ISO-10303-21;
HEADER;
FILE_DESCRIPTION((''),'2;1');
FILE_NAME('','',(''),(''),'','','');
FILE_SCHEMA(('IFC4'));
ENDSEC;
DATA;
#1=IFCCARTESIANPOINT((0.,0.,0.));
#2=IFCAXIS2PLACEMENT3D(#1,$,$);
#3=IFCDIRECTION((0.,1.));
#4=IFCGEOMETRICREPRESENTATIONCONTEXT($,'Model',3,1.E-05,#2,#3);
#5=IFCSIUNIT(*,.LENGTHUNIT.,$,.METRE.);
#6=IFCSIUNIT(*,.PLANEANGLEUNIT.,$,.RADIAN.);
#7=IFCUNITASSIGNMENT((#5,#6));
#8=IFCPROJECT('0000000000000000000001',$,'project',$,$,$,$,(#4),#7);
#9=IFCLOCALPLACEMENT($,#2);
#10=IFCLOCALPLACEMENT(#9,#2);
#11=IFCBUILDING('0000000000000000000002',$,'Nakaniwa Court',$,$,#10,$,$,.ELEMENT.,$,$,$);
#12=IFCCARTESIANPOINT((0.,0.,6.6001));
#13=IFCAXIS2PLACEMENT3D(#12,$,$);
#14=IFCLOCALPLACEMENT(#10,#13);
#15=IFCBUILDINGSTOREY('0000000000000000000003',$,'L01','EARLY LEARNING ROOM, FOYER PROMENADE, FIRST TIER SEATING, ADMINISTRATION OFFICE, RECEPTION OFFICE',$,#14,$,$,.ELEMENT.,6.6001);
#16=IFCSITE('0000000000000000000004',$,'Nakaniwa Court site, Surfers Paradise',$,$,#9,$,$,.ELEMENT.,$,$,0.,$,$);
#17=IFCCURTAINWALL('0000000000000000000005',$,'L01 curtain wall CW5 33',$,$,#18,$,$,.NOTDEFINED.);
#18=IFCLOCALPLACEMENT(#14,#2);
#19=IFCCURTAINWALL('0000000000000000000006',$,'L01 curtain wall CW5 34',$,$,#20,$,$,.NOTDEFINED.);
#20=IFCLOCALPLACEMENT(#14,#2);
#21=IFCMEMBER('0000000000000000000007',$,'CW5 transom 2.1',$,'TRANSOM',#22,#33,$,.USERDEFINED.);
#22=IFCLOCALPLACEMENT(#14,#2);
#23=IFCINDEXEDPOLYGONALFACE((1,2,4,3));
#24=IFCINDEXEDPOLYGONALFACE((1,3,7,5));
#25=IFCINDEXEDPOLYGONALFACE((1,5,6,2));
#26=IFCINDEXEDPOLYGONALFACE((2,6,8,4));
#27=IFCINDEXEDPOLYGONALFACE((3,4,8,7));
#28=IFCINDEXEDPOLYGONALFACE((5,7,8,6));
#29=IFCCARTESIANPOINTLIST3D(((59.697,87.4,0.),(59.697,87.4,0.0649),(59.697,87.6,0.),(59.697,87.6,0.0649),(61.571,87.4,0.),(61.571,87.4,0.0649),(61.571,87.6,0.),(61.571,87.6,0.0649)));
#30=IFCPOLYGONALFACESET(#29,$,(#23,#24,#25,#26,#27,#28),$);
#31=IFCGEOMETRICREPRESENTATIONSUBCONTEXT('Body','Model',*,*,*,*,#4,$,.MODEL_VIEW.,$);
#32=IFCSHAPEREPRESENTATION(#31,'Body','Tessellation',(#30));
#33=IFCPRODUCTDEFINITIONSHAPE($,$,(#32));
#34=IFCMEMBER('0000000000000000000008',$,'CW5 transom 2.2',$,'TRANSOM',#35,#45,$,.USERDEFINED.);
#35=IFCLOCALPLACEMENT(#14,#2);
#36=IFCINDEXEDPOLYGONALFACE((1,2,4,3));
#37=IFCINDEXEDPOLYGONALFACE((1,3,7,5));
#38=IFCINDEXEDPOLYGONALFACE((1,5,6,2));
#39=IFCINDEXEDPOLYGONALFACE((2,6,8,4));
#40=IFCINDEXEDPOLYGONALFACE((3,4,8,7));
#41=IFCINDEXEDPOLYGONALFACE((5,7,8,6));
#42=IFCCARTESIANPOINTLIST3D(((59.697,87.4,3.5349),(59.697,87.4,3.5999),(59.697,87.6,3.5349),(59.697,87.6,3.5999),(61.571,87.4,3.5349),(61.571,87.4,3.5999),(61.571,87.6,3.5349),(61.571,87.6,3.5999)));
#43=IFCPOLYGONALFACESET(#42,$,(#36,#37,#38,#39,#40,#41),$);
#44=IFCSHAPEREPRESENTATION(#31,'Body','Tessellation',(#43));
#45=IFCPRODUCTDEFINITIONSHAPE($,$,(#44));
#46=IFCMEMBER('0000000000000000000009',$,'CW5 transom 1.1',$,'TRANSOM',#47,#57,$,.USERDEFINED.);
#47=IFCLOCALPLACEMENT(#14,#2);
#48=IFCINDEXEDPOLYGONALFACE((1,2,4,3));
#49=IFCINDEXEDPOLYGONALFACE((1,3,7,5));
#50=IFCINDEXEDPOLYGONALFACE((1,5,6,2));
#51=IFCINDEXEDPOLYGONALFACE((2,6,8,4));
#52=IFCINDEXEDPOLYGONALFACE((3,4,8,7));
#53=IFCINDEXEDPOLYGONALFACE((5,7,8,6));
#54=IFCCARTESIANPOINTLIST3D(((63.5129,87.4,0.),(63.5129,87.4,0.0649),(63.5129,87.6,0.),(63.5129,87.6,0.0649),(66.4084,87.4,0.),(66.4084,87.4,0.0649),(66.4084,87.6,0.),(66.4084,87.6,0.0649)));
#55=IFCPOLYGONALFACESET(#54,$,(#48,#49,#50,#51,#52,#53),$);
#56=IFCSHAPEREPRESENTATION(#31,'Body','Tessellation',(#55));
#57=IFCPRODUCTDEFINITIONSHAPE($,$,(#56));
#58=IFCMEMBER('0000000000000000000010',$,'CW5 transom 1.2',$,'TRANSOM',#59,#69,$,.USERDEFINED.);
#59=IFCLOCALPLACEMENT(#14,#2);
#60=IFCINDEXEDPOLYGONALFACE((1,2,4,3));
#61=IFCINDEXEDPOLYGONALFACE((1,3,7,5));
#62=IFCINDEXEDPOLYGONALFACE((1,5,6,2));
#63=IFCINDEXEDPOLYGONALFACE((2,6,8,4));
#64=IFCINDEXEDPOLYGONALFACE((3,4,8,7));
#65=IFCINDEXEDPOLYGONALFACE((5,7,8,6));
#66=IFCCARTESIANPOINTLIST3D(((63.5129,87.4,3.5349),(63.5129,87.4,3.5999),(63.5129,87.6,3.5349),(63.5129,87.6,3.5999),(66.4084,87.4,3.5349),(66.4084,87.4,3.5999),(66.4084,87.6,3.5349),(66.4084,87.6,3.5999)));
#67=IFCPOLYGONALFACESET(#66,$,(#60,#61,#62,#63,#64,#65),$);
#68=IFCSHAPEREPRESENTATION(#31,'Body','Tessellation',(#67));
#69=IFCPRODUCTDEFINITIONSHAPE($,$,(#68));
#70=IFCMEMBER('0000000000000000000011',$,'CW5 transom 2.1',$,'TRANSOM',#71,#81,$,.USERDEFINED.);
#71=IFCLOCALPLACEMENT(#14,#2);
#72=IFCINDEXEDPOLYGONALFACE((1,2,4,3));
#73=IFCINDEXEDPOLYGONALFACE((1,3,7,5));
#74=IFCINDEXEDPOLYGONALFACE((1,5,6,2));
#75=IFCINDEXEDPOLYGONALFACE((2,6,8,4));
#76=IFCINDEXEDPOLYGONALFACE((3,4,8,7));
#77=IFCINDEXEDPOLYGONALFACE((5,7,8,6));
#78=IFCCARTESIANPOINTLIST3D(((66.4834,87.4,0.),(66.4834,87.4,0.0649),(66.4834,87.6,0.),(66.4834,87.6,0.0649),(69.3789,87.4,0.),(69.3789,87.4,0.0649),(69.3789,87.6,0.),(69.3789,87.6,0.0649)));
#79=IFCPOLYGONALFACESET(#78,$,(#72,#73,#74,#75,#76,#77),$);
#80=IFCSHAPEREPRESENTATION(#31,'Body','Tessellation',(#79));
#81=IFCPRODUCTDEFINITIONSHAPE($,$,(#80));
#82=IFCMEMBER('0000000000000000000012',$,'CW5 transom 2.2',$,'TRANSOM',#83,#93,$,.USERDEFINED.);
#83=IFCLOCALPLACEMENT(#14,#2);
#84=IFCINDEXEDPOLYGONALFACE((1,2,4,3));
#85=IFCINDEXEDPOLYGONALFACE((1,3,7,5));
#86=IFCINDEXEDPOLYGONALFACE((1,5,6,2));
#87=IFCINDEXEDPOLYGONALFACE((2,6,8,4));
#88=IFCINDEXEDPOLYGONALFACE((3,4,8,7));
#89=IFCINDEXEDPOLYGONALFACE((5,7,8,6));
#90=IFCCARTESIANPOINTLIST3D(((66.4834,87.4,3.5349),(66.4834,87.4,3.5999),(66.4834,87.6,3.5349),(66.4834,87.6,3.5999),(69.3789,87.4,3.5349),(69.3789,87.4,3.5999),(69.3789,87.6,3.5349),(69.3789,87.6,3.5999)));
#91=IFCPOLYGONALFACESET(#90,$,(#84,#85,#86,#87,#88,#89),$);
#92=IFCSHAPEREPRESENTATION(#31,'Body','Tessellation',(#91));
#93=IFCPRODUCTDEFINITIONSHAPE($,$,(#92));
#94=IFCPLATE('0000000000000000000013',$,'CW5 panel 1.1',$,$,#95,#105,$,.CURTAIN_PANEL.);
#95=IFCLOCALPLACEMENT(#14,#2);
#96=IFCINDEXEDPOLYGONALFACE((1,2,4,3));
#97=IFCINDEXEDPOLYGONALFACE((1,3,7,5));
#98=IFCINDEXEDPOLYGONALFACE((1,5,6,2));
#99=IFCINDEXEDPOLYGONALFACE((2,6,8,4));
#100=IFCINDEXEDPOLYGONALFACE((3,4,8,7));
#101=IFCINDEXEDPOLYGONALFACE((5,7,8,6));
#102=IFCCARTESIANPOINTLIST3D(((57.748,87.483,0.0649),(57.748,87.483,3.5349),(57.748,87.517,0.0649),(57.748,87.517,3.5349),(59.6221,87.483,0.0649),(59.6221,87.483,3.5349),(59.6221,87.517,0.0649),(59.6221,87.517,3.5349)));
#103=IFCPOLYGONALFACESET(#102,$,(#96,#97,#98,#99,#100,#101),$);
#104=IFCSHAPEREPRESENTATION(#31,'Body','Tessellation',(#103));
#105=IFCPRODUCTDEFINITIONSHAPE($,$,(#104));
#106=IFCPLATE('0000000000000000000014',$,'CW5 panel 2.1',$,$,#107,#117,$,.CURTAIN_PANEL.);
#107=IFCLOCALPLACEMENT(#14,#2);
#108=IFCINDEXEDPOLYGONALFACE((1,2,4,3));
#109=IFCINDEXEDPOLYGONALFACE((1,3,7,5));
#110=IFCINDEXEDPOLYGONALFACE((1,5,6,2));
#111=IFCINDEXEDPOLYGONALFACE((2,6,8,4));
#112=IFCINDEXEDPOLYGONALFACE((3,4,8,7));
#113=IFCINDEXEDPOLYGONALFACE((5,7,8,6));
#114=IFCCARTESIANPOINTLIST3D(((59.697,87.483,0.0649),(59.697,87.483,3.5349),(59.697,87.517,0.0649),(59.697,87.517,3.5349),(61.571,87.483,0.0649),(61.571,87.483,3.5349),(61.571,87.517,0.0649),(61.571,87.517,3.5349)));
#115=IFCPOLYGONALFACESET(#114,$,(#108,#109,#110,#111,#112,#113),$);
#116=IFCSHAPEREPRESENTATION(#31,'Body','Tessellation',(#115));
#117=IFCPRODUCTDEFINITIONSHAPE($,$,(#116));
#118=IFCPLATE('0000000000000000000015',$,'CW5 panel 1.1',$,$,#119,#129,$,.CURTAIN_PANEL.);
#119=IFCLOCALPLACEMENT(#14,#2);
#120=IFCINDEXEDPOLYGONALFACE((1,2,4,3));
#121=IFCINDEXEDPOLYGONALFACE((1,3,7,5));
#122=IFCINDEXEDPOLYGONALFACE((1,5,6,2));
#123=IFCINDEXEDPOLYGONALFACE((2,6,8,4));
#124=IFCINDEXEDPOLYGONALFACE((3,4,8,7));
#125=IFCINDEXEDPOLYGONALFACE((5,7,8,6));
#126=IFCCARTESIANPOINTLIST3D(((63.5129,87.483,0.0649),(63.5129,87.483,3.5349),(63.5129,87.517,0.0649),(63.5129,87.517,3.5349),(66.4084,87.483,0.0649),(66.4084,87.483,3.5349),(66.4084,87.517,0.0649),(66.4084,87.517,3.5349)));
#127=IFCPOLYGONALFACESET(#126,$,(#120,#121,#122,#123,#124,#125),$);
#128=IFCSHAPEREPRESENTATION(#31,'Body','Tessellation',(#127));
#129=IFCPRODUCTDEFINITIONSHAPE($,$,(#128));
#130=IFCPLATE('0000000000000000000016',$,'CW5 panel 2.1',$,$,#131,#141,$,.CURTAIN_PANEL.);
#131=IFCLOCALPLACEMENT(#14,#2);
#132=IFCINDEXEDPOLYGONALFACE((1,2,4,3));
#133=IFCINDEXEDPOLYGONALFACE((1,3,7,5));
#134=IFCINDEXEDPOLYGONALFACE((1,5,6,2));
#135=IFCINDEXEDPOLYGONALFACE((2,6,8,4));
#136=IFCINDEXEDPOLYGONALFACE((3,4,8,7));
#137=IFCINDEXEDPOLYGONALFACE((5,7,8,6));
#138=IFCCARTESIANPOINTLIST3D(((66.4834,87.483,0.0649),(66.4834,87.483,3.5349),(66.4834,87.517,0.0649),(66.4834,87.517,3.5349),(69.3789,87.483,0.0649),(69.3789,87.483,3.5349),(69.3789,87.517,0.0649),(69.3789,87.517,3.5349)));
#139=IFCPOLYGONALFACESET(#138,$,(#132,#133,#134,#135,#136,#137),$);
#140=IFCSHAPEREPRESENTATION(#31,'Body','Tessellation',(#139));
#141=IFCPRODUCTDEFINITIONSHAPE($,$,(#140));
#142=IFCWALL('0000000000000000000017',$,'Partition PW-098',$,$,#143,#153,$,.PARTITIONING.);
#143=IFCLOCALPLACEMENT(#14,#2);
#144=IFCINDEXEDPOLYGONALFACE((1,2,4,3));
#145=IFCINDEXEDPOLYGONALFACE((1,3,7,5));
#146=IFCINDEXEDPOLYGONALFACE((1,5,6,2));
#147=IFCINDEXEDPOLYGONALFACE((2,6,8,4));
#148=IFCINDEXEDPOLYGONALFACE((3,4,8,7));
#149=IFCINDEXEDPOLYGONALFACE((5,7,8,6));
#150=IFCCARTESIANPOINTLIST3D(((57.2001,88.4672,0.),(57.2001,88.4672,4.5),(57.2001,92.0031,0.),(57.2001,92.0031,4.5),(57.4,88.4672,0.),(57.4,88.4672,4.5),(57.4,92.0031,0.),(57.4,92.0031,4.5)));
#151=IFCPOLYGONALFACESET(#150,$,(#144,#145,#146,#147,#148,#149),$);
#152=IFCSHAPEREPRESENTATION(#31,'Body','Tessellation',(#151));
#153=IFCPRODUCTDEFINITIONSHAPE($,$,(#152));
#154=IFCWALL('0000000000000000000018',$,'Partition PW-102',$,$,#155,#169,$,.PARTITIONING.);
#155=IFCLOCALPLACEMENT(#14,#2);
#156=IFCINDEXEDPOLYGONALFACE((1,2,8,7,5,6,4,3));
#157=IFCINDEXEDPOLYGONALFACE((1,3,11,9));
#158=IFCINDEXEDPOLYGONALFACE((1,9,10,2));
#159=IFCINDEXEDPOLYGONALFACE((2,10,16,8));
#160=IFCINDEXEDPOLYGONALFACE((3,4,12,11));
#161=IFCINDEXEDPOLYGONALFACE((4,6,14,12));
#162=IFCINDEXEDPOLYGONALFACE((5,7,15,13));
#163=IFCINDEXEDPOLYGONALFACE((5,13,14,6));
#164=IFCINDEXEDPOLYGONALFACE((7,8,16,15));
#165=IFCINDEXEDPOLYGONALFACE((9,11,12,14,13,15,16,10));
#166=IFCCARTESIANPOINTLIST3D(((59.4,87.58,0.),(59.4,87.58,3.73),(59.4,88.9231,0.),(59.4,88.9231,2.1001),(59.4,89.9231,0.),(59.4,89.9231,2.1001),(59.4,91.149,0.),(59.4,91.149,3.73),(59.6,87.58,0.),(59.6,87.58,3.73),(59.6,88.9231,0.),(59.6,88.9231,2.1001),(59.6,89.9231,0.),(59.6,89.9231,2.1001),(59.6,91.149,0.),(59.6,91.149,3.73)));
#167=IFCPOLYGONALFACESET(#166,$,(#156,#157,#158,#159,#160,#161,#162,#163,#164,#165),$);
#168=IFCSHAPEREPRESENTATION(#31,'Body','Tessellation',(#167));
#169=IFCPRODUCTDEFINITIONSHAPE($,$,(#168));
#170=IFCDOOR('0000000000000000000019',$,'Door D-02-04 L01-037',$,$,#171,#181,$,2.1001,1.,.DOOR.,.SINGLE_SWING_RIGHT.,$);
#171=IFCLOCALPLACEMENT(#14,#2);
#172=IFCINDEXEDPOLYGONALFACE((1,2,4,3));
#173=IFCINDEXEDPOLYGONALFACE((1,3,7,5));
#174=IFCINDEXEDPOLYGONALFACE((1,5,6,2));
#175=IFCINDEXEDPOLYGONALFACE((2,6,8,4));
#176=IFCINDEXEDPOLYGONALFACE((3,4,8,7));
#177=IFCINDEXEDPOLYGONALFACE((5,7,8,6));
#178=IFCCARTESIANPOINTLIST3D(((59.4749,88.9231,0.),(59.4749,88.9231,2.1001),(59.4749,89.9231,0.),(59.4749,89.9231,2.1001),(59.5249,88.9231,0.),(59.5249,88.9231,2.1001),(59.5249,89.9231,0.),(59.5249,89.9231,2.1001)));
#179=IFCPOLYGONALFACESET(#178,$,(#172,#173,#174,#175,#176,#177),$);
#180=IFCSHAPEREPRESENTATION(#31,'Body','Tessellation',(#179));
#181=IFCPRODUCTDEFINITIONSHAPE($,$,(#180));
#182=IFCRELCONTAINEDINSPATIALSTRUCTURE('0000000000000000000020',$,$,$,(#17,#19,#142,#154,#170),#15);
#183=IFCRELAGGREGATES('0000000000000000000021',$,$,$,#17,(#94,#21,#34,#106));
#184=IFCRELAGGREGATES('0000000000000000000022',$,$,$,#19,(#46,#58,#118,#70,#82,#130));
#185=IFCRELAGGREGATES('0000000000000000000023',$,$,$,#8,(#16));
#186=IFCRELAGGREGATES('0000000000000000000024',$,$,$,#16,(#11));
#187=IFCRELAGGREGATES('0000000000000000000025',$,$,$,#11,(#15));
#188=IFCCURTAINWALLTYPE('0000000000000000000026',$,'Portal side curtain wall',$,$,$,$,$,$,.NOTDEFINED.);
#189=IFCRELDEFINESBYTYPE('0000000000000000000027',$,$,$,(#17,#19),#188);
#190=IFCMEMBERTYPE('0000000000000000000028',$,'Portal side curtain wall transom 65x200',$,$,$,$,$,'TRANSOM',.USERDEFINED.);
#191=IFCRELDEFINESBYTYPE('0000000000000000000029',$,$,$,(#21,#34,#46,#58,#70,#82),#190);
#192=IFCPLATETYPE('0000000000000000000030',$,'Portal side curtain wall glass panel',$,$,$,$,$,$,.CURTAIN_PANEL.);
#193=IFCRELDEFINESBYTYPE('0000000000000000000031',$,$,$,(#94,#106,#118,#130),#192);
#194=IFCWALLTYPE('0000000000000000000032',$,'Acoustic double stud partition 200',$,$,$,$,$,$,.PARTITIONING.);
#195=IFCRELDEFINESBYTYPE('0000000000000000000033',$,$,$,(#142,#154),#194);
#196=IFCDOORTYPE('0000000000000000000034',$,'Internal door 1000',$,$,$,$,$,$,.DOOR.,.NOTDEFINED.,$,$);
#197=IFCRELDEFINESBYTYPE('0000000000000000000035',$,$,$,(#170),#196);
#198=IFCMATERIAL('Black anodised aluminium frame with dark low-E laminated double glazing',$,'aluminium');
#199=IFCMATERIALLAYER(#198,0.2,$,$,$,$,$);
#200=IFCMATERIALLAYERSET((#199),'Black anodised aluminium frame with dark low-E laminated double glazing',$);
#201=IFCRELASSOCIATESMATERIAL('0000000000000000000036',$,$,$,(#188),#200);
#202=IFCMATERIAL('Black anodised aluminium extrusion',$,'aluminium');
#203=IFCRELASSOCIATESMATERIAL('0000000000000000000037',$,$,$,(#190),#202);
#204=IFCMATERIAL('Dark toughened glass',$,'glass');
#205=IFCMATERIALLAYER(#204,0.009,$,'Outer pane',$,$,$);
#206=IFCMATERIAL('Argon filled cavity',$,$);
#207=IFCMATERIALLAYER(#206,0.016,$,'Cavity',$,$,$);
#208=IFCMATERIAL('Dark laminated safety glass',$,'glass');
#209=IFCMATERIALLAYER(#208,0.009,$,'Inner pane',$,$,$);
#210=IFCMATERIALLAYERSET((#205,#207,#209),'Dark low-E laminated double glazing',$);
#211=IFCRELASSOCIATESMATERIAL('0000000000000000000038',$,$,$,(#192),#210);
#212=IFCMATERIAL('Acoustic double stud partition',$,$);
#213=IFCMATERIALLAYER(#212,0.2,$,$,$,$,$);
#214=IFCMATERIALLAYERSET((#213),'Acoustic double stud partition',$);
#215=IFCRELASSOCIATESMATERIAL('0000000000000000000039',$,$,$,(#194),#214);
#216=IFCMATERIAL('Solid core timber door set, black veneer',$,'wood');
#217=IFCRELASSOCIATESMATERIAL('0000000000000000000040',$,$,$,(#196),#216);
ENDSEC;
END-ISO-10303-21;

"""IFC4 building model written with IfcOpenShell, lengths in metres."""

from ifc_helpers import new_model, si_unit, direction, frame, frame_2d, origin, origin_2d, place, context, subcontext, project, spatial, rectangle, extrude, material, layer, layer_set, material_profile, profile_set, type_object, element, fill, aggregate, save


model = new_model("IFC4")

# Units and contexts
model_context = context("Model", 3, precision=1e-05, world=origin(), true_north=direction((0.0, 1.0)))
body_context = subcontext(model_context, "Body", "Model", "MODEL_VIEW")
ifc_project = project(units=[si_unit("LENGTHUNIT", "METRE"), si_unit("PLANEANGLEUNIT", "RADIAN")], contexts=[model_context])

# Site, building, storey
site_placement = place(None, origin())
site = spatial("IfcSite", under=ifc_project, at=site_placement, Name="Nakaniwa Court site, Surfers Paradise", CompositionType="ELEMENT", RefElevation=0.0)
building_placement = place(site_placement, origin())
building = spatial("IfcBuilding", under=site, at=building_placement, Name="Nakaniwa Court", CompositionType="ELEMENT")
storey_placement = place(building_placement, frame((0.0, 0.0, 6.6001)))
storey = spatial("IfcBuildingStorey", under=building, at=storey_placement, Name="L01", Description="EARLY LEARNING ROOM, FOYER PROMENADE, FIRST TIER SEATING, ADMINISTRATION OFFICE, RECEPTION OFFICE", CompositionType="ELEMENT", Elevation=6.6001)

# Curtain walls
ifc_material_1 = material(Name="Black anodised aluminium frame with dark low-E laminated double glazing", Category="aluminium")
ifc_layer_1 = layer(ifc_material_1, 0.2)
ifc_layer_set_1 = layer_set([ifc_layer_1], Name="Black anodised aluminium frame with dark low-E laminated double glazing")
curtain_wall_type = type_object("IfcCurtainWallType", Name="Portal side curtain wall", PredefinedType="NOTDEFINED", material=ifc_layer_set_1)
curtain_wall_1_placement = place(storey_placement, origin())
curtain_wall_1 = element("IfcCurtainWall", 1, at=curtain_wall_1_placement, inside=storey, type_object=curtain_wall_type, Name="L01 curtain wall CW5 33", PredefinedType="NOTDEFINED")
ifc_material_2 = material(Name="Black anodised aluminium extrusion", Category="aluminium")
curtain_wall_2_placement = place(storey_placement, origin())
curtain_wall_2 = element("IfcCurtainWall", 2, at=curtain_wall_2_placement, inside=storey, type_object=curtain_wall_type, Name="L01 curtain wall CW5 34", PredefinedType="NOTDEFINED")

# Members
ifc_material_profile_1 = material_profile(ifc_material_2, rectangle(XDim=0.2, YDim=0.0649, at=origin_2d()), Name="Portal side curtain wall transom 65x200")
ifc_profile_set_1 = profile_set([ifc_material_profile_1], Name="Black anodised aluminium extrusion")
member_type_1 = type_object("IfcMemberType", Name="Portal side curtain wall transom 65x200", ElementType="TRANSOM", PredefinedType="USERDEFINED", material=ifc_profile_set_1)
member_1_placement = place(storey_placement, frame((59.697, 87.5, 0.0325), z_axis=(1.0, 0.0, 0.0), x_axis=(0.0, 1.0, 0.0)))
member_1 = element("IfcMember", 3, at=member_1_placement, type_object=member_type_1, Name="CW5 transom 2.1", ObjectType="TRANSOM", PredefinedType="USERDEFINED", context=body_context, shape_type="SweptSolid", body=[
    extrude(rectangle(XDim=0.2, YDim=0.0649, at=origin_2d()), origin(), (0.0, 0.0, 1.0), 1.874),
])
member_2_placement = place(storey_placement, frame((59.697, 87.5, 3.5674), z_axis=(1.0, 0.0, 0.0), x_axis=(0.0, 1.0, 0.0)))
member_2 = element("IfcMember", 4, at=member_2_placement, type_object=member_type_1, Name="CW5 transom 2.2", ObjectType="TRANSOM", PredefinedType="USERDEFINED", context=body_context, shape_type="SweptSolid", body=[
    extrude(rectangle(XDim=0.2, YDim=0.0649, at=origin_2d()), origin(), (0.0, 0.0, 1.0), 1.874),
])
member_3_placement = place(storey_placement, frame((63.5129, 87.5, 0.0325), z_axis=(1.0, 0.0, 0.0), x_axis=(0.0, 1.0, 0.0)))
member_3 = element("IfcMember", 5, at=member_3_placement, type_object=member_type_1, Name="CW5 transom 1.1", ObjectType="TRANSOM", PredefinedType="USERDEFINED", context=body_context, shape_type="SweptSolid", body=[
    extrude(rectangle(XDim=0.2, YDim=0.0649, at=origin_2d()), origin(), (0.0, 0.0, 1.0), 2.8955),
])
member_4_placement = place(storey_placement, frame((63.5129, 87.5, 3.5674), z_axis=(1.0, 0.0, 0.0), x_axis=(0.0, 1.0, 0.0)))
member_4 = element("IfcMember", 6, at=member_4_placement, type_object=member_type_1, Name="CW5 transom 1.2", ObjectType="TRANSOM", PredefinedType="USERDEFINED", context=body_context, shape_type="SweptSolid", body=[
    extrude(rectangle(XDim=0.2, YDim=0.0649, at=origin_2d()), origin(), (0.0, 0.0, 1.0), 2.8955),
])
member_5_placement = place(storey_placement, frame((66.4834, 87.5, 0.0325), z_axis=(1.0, 0.0, 0.0), x_axis=(0.0, 1.0, 0.0)))
member_5 = element("IfcMember", 7, at=member_5_placement, type_object=member_type_1, Name="CW5 transom 2.1", ObjectType="TRANSOM", PredefinedType="USERDEFINED", context=body_context, shape_type="SweptSolid", body=[
    extrude(rectangle(XDim=0.2, YDim=0.0649, at=origin_2d()), origin(), (0.0, 0.0, 1.0), 2.8955),
])
member_6_placement = place(storey_placement, frame((66.4834, 87.5, 3.5674), z_axis=(1.0, 0.0, 0.0), x_axis=(0.0, 1.0, 0.0)))
member_6 = element("IfcMember", 8, at=member_6_placement, type_object=member_type_1, Name="CW5 transom 2.2", ObjectType="TRANSOM", PredefinedType="USERDEFINED", context=body_context, shape_type="SweptSolid", body=[
    extrude(rectangle(XDim=0.2, YDim=0.0649, at=origin_2d()), origin(), (0.0, 0.0, 1.0), 2.8955),
])

# Plates
ifc_material_3 = material(Name="Dark toughened glass", Category="glass")
ifc_layer_2 = layer(ifc_material_3, 0.009, Name="Outer pane")
ifc_material_4 = material(Name="Argon filled cavity")
ifc_layer_3 = layer(ifc_material_4, 0.016, Name="Cavity")
ifc_material_5 = material(Name="Dark laminated safety glass", Category="glass")
ifc_layer_4 = layer(ifc_material_5, 0.009, Name="Inner pane")
ifc_layer_set_2 = layer_set([ifc_layer_2, ifc_layer_3, ifc_layer_4], Name="Dark low-E laminated double glazing")
plate_type = type_object("IfcPlateType", Name="Portal side curtain wall glass panel", PredefinedType="CURTAIN_PANEL", material=ifc_layer_set_2)
plate_1_placement = place(storey_placement, frame((58.6851, 87.5, 0.0649), z_axis=(0.0, 0.0, 1.0), x_axis=(1.0, 0.0, 0.0)))
plate_1 = element("IfcPlate", 9, at=plate_1_placement, type_object=plate_type, Name="CW5 panel 1.1", PredefinedType="CURTAIN_PANEL", context=body_context, shape_type="SweptSolid", body=[
    extrude(rectangle(XDim=1.874, YDim=0.0339, at=origin_2d()), origin(), (0.0, 0.0, 1.0), 3.47),
])
plate_2_placement = place(storey_placement, frame((60.634, 87.5, 0.0649), z_axis=(0.0, 0.0, 1.0), x_axis=(1.0, 0.0, 0.0)))
plate_2 = element("IfcPlate", 10, at=plate_2_placement, type_object=plate_type, Name="CW5 panel 2.1", PredefinedType="CURTAIN_PANEL", context=body_context, shape_type="SweptSolid", body=[
    extrude(rectangle(XDim=1.874, YDim=0.0339, at=origin_2d()), origin(), (0.0, 0.0, 1.0), 3.47),
])
aggregate(curtain_wall_1, [plate_1, member_1, member_2, plate_2])
plate_3_placement = place(storey_placement, frame((64.9607, 87.5, 0.0649), z_axis=(0.0, 0.0, 1.0), x_axis=(1.0, 0.0, 0.0)))
plate_3 = element("IfcPlate", 11, at=plate_3_placement, type_object=plate_type, Name="CW5 panel 1.1", PredefinedType="CURTAIN_PANEL", context=body_context, shape_type="SweptSolid", body=[
    extrude(rectangle(XDim=2.8955, YDim=0.0339, at=origin_2d()), origin(), (0.0, 0.0, 1.0), 3.47),
])
plate_4_placement = place(storey_placement, frame((67.9312, 87.5, 0.0649), z_axis=(0.0, 0.0, 1.0), x_axis=(1.0, 0.0, 0.0)))
plate_4 = element("IfcPlate", 12, at=plate_4_placement, type_object=plate_type, Name="CW5 panel 2.1", PredefinedType="CURTAIN_PANEL", context=body_context, shape_type="SweptSolid", body=[
    extrude(rectangle(XDim=2.8955, YDim=0.0339, at=origin_2d()), origin(), (0.0, 0.0, 1.0), 3.47),
])
aggregate(curtain_wall_2, [member_3, member_4, plate_3, member_5, member_6, plate_4])

# Wall
ifc_material_6 = material(Name="Acoustic double stud partition")
ifc_layer_5 = layer(ifc_material_6, 0.2)
ifc_layer_set_3 = layer_set([ifc_layer_5], Name="Acoustic double stud partition")
wall_type = type_object("IfcWallType", Name="Acoustic double stud partition 200", PredefinedType="PARTITIONING", material=ifc_layer_set_3)
wall_1_placement = place(storey_placement, frame((57.3, 88.467, 0.0), z_axis=(0.0, 0.0, 1.0), x_axis=(0.0, 1.0, 0.0)))
element("IfcWall", 13, at=wall_1_placement, inside=storey, type_object=wall_type, Name="Partition PW-098", PredefinedType="PARTITIONING", context=body_context, shape_type="SweptSolid", body=[
    extrude(rectangle(XDim=3.5359, YDim=0.2, at=frame_2d((1.7681, 0.0))), origin(), (0.0, 0.0, 1.0), 4.5),
])

# Wall, opening, door
wall_2_placement = place(storey_placement, frame((59.5, 91.1492, 0.0), z_axis=(0.0, 0.0, 1.0), x_axis=(0.0, -1.0, 0.0)))
wall_2 = element("IfcWall", 14, at=wall_2_placement, inside=storey, type_object=wall_type, Name="Partition PW-102", PredefinedType="PARTITIONING", context=body_context, shape_type="SweptSolid", body=[
    extrude(rectangle(XDim=3.5691, YDim=0.2, at=frame_2d((1.7847, 0.0))), origin(), (0.0, 0.0, 1.0), 3.73),
])
opening_placement = place(wall_2_placement, frame((1.2261, 0.0, 0.0)))
opening = element("IfcOpeningElement", 15, at=opening_placement, cuts=wall_2, PredefinedType="OPENING", context=body_context, shape_type="SweptSolid", body=[
    extrude(rectangle(XDim=1.0, YDim=2.1001, at=frame_2d((0.5, 1.05))), frame((0.0, 0.1099, 0.0), z_axis=(0.0, -1.0, 0.0), x_axis=(1.0, 0.0, 0.0)), (0.0, 0.0, 1.0), 0.22),
])
ifc_material_7 = material(Name="Solid core timber door set, black veneer", Category="wood")
door_type = type_object("IfcDoorType", Name="Internal door 1000", OperationType="NOTDEFINED", PredefinedType="DOOR", material=ifc_material_7)
door_placement = place(opening_placement, origin())
door = element("IfcDoor", 16, at=door_placement, inside=storey, type_object=door_type, Name="Door D-02-04 L01-037", OperationType="SINGLE_SWING_RIGHT", OverallHeight=2.1001, OverallWidth=1.0, PredefinedType="DOOR", context=body_context, shape_type="SweptSolid", body=[
    extrude(rectangle(XDim=1.0, YDim=2.1001, at=frame_2d((0.5, 1.05))), frame((0.0, 0.0249, 0.0), z_axis=(0.0, -1.0, 0.0), x_axis=(1.0, 0.0, 0.0)), (0.0, 0.0, 1.0), 0.05),
])
fill(opening, door)

save(model, "model.ifc")
